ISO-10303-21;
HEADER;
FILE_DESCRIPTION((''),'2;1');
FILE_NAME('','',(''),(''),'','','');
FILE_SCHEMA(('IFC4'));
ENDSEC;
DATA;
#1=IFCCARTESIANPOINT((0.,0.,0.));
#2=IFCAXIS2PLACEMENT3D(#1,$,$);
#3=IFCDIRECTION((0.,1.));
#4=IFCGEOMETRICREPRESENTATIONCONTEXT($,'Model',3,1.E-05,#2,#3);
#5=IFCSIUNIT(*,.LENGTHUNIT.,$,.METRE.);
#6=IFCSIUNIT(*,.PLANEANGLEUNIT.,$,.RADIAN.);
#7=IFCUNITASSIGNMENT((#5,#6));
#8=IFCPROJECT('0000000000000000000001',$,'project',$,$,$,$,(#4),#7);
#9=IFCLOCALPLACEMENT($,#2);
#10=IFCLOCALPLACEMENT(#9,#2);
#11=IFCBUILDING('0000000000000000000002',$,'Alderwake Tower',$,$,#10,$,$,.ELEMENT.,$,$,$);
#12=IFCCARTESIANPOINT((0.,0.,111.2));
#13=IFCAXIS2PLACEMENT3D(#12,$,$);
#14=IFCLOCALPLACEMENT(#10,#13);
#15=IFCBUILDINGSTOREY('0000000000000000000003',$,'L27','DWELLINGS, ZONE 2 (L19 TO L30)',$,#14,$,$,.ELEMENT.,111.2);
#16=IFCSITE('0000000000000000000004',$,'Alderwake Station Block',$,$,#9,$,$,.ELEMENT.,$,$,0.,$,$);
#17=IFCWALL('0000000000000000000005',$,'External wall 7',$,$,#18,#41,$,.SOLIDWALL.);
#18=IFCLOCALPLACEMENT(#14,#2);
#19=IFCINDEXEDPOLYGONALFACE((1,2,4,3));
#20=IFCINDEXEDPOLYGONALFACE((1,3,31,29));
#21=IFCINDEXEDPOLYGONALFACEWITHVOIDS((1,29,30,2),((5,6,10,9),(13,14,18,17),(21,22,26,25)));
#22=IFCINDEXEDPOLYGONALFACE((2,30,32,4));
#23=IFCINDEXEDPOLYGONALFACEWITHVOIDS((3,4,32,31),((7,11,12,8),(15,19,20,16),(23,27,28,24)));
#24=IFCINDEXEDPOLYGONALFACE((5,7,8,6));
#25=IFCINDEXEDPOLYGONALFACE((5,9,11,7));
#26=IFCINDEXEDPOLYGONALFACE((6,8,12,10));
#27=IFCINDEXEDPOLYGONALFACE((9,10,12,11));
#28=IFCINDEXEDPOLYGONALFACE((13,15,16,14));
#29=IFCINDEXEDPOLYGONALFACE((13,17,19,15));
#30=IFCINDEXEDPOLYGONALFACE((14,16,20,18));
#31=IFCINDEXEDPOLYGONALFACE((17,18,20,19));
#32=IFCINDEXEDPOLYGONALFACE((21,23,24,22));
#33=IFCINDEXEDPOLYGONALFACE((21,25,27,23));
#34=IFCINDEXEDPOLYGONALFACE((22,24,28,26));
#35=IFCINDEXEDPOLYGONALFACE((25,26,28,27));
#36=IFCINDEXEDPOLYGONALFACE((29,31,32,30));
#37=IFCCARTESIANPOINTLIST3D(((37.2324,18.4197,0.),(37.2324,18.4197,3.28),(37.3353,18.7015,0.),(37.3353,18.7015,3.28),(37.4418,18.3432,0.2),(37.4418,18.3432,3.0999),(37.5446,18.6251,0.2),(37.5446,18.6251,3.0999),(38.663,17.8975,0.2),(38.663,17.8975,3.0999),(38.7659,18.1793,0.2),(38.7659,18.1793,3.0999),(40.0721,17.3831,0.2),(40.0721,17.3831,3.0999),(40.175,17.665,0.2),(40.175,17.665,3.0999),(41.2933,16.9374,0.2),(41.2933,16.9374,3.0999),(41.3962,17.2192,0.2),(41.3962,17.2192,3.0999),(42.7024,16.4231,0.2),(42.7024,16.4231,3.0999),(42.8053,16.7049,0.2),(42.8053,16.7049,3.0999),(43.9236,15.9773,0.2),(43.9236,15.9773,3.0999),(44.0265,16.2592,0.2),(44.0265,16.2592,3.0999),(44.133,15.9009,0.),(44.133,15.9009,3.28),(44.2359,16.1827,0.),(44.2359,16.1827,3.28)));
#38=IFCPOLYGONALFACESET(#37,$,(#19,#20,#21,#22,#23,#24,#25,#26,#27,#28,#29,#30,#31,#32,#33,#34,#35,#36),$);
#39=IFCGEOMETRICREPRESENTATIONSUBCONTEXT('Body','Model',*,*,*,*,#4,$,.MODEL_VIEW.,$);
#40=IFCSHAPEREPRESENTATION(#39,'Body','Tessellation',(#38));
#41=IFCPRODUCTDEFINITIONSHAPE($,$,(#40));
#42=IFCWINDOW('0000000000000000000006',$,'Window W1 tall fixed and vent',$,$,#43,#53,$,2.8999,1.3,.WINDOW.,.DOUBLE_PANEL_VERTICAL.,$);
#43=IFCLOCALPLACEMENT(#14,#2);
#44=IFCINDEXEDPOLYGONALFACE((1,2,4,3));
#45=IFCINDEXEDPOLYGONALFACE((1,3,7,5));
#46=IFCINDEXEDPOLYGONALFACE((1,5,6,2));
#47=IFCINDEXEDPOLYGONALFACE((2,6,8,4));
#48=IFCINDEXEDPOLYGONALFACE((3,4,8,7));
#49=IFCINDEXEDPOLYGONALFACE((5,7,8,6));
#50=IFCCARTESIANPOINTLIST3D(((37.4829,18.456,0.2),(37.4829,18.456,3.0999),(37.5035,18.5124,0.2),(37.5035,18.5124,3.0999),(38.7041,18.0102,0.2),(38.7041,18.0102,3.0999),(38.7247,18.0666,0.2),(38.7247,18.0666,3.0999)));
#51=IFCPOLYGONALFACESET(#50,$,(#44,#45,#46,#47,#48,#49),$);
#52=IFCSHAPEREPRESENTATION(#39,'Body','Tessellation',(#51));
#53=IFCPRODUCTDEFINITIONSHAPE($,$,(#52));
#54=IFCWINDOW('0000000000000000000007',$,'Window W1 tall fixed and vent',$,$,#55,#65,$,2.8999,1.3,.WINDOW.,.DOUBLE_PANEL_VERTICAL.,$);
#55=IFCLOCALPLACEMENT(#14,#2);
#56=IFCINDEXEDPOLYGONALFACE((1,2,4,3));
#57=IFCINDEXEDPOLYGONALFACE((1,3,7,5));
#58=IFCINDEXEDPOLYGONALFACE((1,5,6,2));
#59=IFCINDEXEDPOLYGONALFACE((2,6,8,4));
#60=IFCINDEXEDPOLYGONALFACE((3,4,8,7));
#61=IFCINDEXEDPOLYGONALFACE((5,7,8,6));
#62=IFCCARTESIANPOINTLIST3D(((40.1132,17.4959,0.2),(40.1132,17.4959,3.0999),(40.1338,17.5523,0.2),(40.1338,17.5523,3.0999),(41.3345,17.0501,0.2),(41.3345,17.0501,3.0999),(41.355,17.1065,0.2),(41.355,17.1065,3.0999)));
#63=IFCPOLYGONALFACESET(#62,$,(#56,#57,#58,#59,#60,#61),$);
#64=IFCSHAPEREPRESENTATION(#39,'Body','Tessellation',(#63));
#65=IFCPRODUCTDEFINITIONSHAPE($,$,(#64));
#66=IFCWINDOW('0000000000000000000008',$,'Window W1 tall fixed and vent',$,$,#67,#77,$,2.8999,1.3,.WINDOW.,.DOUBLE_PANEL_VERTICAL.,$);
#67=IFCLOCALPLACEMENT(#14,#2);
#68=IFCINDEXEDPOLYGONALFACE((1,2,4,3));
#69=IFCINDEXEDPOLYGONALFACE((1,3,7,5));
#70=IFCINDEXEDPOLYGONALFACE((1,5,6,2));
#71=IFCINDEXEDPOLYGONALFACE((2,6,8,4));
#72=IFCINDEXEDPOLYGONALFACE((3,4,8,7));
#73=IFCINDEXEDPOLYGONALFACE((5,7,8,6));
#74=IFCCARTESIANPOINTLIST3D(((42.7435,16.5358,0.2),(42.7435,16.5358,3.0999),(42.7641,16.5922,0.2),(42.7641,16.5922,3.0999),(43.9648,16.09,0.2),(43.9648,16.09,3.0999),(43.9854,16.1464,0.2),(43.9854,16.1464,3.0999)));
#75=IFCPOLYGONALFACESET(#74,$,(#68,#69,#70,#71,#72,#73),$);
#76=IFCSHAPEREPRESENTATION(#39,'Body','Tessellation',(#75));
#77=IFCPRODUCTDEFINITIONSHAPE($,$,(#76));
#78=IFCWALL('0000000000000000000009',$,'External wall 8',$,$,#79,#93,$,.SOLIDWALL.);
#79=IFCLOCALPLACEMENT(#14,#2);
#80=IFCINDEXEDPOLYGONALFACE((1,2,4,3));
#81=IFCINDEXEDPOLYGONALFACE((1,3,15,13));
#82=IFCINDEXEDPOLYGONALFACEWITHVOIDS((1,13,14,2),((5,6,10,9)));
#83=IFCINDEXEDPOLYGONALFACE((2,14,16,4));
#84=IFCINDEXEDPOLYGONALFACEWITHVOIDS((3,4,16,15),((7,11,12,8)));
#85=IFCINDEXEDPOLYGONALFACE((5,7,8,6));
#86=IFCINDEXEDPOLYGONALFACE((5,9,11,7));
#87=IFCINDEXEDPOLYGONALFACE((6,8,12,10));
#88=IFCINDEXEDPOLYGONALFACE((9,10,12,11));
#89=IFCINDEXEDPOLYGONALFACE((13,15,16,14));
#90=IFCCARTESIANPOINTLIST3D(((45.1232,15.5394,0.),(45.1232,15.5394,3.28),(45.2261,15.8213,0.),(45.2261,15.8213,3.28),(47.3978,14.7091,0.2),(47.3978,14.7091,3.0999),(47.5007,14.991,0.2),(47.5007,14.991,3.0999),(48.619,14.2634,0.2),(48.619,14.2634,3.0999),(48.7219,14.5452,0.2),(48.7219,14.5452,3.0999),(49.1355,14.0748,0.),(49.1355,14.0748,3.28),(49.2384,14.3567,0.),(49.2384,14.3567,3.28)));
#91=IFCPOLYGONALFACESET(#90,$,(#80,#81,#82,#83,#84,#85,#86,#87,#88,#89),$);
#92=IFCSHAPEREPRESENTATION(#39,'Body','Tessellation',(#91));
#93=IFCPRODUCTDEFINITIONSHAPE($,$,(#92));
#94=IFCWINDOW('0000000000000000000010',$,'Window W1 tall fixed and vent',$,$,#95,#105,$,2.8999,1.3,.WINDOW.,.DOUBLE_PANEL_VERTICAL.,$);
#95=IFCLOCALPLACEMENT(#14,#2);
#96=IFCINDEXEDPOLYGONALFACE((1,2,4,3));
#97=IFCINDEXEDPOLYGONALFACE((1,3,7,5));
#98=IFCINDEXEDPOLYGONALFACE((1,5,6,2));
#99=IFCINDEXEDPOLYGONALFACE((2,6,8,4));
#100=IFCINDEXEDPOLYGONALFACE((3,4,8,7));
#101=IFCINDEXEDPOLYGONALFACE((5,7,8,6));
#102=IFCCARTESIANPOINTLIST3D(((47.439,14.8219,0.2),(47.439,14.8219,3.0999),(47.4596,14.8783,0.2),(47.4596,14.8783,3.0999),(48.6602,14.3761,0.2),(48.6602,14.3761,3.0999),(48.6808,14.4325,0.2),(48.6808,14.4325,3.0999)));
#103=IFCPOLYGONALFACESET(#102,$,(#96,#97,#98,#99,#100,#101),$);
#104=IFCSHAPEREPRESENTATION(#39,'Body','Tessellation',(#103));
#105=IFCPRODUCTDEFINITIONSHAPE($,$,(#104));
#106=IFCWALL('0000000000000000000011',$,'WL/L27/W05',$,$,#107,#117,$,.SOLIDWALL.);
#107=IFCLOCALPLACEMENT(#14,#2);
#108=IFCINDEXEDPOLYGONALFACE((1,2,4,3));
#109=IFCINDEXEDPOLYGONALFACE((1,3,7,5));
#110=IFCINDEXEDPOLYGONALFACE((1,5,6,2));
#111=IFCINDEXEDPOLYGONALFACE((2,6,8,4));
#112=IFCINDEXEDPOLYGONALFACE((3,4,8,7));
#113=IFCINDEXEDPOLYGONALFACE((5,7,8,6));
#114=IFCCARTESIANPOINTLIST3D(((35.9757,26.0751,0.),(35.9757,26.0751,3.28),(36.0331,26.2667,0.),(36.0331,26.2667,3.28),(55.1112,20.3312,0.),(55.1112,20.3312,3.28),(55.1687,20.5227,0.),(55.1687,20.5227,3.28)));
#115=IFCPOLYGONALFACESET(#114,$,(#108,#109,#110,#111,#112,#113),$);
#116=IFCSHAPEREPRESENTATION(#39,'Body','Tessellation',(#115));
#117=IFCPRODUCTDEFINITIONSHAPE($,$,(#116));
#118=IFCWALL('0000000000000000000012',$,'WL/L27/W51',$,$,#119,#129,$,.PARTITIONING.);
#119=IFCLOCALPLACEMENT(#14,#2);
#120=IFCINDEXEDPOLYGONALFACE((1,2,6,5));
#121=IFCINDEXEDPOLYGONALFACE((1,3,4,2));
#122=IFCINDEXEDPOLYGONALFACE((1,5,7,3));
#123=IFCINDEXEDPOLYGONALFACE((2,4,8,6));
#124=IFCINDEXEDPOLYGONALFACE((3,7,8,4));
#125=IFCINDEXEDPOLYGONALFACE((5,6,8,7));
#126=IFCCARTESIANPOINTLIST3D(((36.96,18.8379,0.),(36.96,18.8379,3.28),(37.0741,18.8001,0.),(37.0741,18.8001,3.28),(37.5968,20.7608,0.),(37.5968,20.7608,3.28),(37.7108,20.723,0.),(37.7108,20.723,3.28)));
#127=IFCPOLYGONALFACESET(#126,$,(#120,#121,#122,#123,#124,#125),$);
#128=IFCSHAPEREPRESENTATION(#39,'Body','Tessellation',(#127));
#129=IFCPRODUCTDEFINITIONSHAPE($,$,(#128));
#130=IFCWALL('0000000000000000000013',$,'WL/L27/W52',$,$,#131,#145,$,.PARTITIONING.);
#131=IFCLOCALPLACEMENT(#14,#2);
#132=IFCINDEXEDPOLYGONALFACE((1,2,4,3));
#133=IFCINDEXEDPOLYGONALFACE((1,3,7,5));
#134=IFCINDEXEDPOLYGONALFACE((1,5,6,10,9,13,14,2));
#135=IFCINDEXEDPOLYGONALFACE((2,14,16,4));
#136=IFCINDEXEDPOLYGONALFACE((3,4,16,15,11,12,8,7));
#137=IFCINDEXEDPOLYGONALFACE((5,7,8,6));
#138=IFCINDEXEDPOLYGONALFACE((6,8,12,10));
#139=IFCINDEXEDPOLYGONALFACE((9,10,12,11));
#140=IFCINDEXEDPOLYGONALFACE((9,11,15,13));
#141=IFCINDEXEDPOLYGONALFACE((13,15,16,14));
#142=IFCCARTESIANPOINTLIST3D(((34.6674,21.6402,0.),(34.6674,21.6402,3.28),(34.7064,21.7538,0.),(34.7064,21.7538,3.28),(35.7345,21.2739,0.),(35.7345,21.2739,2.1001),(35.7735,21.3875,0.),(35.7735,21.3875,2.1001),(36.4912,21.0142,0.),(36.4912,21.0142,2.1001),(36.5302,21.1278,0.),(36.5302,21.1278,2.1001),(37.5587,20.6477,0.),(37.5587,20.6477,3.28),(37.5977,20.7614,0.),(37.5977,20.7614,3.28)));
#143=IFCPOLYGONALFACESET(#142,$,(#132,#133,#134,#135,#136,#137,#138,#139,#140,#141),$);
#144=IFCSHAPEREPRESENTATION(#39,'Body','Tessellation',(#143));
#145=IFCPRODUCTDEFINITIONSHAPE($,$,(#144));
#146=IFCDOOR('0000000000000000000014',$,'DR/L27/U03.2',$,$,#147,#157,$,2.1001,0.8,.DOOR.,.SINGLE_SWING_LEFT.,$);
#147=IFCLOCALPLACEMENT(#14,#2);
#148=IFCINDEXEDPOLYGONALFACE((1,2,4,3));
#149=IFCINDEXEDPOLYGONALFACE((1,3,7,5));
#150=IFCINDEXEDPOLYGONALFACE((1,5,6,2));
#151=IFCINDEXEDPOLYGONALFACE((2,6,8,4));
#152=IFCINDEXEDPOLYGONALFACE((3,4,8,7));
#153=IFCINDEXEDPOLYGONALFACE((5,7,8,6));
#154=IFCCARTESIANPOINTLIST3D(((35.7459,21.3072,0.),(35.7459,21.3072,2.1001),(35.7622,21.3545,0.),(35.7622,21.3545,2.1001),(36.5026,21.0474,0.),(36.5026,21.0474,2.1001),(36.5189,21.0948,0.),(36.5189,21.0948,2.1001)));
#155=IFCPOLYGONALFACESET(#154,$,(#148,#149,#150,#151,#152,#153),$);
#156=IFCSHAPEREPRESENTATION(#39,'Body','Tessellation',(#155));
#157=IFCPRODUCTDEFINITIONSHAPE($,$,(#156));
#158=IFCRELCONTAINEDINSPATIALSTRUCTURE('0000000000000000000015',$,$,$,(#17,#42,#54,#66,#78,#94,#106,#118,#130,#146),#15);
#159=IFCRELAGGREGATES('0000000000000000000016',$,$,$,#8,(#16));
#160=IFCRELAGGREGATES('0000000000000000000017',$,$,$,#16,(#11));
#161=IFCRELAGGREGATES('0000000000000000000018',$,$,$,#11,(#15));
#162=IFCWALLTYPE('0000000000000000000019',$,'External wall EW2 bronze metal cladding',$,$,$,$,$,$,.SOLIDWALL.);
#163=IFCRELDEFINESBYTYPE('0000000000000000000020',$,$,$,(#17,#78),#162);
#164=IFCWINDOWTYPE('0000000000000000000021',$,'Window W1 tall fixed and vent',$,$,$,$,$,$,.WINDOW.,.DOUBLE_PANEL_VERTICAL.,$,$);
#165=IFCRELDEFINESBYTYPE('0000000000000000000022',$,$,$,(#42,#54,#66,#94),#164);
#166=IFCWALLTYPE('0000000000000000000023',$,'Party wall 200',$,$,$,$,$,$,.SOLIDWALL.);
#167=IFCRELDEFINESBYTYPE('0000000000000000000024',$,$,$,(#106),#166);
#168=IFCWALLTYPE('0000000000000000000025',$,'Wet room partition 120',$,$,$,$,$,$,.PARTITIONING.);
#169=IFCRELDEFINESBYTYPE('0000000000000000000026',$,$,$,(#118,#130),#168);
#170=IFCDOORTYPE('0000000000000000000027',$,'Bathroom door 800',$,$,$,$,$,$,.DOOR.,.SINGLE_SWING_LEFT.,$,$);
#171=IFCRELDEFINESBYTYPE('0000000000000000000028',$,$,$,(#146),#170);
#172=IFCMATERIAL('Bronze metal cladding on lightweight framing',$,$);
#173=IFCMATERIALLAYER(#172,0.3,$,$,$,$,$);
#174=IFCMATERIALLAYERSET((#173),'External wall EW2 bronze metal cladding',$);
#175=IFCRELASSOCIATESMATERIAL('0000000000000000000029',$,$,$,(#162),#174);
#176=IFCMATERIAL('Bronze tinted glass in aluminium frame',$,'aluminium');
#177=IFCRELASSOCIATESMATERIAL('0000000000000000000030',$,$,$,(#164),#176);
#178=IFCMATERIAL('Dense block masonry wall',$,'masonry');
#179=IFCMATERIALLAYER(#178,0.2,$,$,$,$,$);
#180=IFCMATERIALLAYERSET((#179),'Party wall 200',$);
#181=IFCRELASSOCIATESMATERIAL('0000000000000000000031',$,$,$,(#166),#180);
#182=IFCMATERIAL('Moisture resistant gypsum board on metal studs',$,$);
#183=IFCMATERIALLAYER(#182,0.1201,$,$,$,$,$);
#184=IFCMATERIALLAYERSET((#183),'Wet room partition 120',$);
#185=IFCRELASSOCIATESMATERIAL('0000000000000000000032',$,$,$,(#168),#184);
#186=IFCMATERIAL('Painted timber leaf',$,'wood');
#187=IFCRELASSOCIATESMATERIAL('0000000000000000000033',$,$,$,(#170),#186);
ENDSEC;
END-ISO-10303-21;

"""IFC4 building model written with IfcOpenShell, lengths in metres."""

from ifc_helpers import new_model, si_unit, direction, frame, frame_2d, origin, place, context, subcontext, project, spatial, rectangle, extrude, material, layer, layer_set, type_object, element, fill, save


model = new_model("IFC4")

# Units and contexts
model_context = context("Model", 3, precision=1e-05, world=origin(), true_north=direction((0.0, 1.0)))
body_context = subcontext(model_context, "Body", "Model", "MODEL_VIEW")
ifc_project = project(units=[si_unit("LENGTHUNIT", "METRE"), si_unit("PLANEANGLEUNIT", "RADIAN")], contexts=[model_context])

# Site, building, storey
site_placement = place(None, origin())
site = spatial("IfcSite", under=ifc_project, at=site_placement, Name="Alderwake Station Block", CompositionType="ELEMENT", RefElevation=0.0)
building_placement = place(site_placement, origin())
building = spatial("IfcBuilding", under=site, at=building_placement, Name="Alderwake Tower", CompositionType="ELEMENT")
storey_placement = place(building_placement, frame((0.0, 0.0, 111.2)))
storey = spatial("IfcBuildingStorey", under=building, at=storey_placement, Name="L27", Description="DWELLINGS, ZONE 2 (L19 TO L30)", CompositionType="ELEMENT", Elevation=111.2)

# Wall, openings, windows
ifc_material_1 = material(Name="Bronze metal cladding on lightweight framing")
ifc_layer_1 = layer(ifc_material_1, 0.3)
ifc_layer_set_1 = layer_set([ifc_layer_1], Name="External wall EW2 bronze metal cladding")
wall_type_1 = type_object("IfcWallType", Name="External wall EW2 bronze metal cladding", PredefinedType="SOLIDWALL", material=ifc_layer_set_1)
wall_1_placement = place(storey_placement, frame((37.2839, 18.5605, 0.0), z_axis=(0.0, 0.0, 1.0), x_axis=(0.939378, -0.342882, 0.0)))
wall_1 = element("IfcWall", 1, at=wall_1_placement, inside=storey, type_object=wall_type_1, Name="External wall 7", PredefinedType="SOLIDWALL", context=body_context, shape_type="SweptSolid", body=[
    extrude(rectangle(XDim=7.3459, YDim=0.3, at=frame_2d((3.6729, 0.0))), origin(), (0.0, 0.0, 1.0), 3.28),
])
opening_1_placement = place(wall_1_placement, frame((0.2229, 0.0, 0.2)))
opening_1 = element("IfcOpeningElement", 2, at=opening_1_placement, cuts=wall_1, PredefinedType="OPENING", context=body_context, shape_type="SweptSolid", body=[
    extrude(rectangle(XDim=1.3, YDim=2.8999, at=frame_2d((0.6499, 1.45))), frame((0.0, 0.1599, 0.0), z_axis=(0.0, -1.0, 0.0), x_axis=(1.0, 0.0, 0.0)), (0.0, 0.0, 1.0), 0.3201),
])
opening_2_placement = place(wall_1_placement, frame((3.0229, 0.0, 0.2)))
opening_2 = element("IfcOpeningElement", 3, at=opening_2_placement, cuts=wall_1, PredefinedType="OPENING", context=body_context, shape_type="SweptSolid", body=[
    extrude(rectangle(XDim=1.3, YDim=2.8999, at=frame_2d((0.6499, 1.45))), frame((0.0, 0.1599, 0.0), z_axis=(0.0, -1.0, 0.0), x_axis=(1.0, 0.0, 0.0)), (0.0, 0.0, 1.0), 0.3201),
])
opening_3_placement = place(wall_1_placement, frame((5.823, 0.0, 0.2)))
opening_3 = element("IfcOpeningElement", 4, at=opening_3_placement, cuts=wall_1, PredefinedType="OPENING", context=body_context, shape_type="SweptSolid", body=[
    extrude(rectangle(XDim=1.3, YDim=2.8999, at=frame_2d((0.6499, 1.45))), frame((0.0, 0.1599, 0.0), z_axis=(0.0, -1.0, 0.0), x_axis=(1.0, 0.0, 0.0)), (0.0, 0.0, 1.0), 0.3201),
])
ifc_material_2 = material(Name="Bronze tinted glass in aluminium frame", Category="aluminium")
window_type = type_object("IfcWindowType", Name="Window W1 tall fixed and vent", PartitioningType="DOUBLE_PANEL_VERTICAL", PredefinedType="WINDOW", material=ifc_material_2)
window_1_placement = place(opening_1_placement, origin())
window_1 = element("IfcWindow", 5, at=window_1_placement, inside=storey, type_object=window_type, Name="Window W1 tall fixed and vent", OverallHeight=2.8999, OverallWidth=1.3, PartitioningType="DOUBLE_PANEL_VERTICAL", PredefinedType="WINDOW", context=body_context, shape_type="SweptSolid", body=[
    extrude(rectangle(XDim=1.3, YDim=2.8999, at=frame_2d((0.6499, 1.45))), frame((0.0, 0.03, 0.0), z_axis=(0.0, -1.0, 0.0), x_axis=(1.0, 0.0, 0.0)), (0.0, 0.0, 1.0), 0.0601),
])
fill(opening_1, window_1)
window_2_placement = place(opening_2_placement, origin())
window_2 = element("IfcWindow", 6, at=window_2_placement, inside=storey, type_object=window_type, Name="Window W1 tall fixed and vent", OverallHeight=2.8999, OverallWidth=1.3, PartitioningType="DOUBLE_PANEL_VERTICAL", PredefinedType="WINDOW", context=body_context, shape_type="SweptSolid", body=[
    extrude(rectangle(XDim=1.3, YDim=2.8999, at=frame_2d((0.6499, 1.45))), frame((0.0, 0.03, 0.0), z_axis=(0.0, -1.0, 0.0), x_axis=(1.0, 0.0, 0.0)), (0.0, 0.0, 1.0), 0.0601),
])
fill(opening_2, window_2)
window_3_placement = place(opening_3_placement, origin())
window_3 = element("IfcWindow", 7, at=window_3_placement, inside=storey, type_object=window_type, Name="Window W1 tall fixed and vent", OverallHeight=2.8999, OverallWidth=1.3, PartitioningType="DOUBLE_PANEL_VERTICAL", PredefinedType="WINDOW", context=body_context, shape_type="SweptSolid", body=[
    extrude(rectangle(XDim=1.3, YDim=2.8999, at=frame_2d((0.6499, 1.45))), frame((0.0, 0.03, 0.0), z_axis=(0.0, -1.0, 0.0), x_axis=(1.0, 0.0, 0.0)), (0.0, 0.0, 1.0), 0.0601),
])
fill(opening_3, window_3)

# Wall, opening, window
wall_2_placement = place(storey_placement, frame((45.1746, 15.6804, 0.0), z_axis=(0.0, 0.0, 1.0), x_axis=(0.93937, -0.342904, 0.0)))
wall_2 = element("IfcWall", 8, at=wall_2_placement, inside=storey, type_object=wall_type_1, Name="External wall 8", PredefinedType="SOLIDWALL", context=body_context, shape_type="SweptSolid", body=[
    extrude(rectangle(XDim=4.2712, YDim=0.3, at=frame_2d((2.1357, 0.0))), origin(), (0.0, 0.0, 1.0), 3.28),
])
opening_4_placement = place(wall_2_placement, frame((2.4216, 0.0, 0.2)))
opening_4 = element("IfcOpeningElement", 9, at=opening_4_placement, cuts=wall_2, PredefinedType="OPENING", context=body_context, shape_type="SweptSolid", body=[
    extrude(rectangle(XDim=1.3, YDim=2.8999, at=frame_2d((0.6499, 1.45))), frame((0.0, 0.1599, 0.0), z_axis=(0.0, -1.0, 0.0), x_axis=(1.0, 0.0, 0.0)), (0.0, 0.0, 1.0), 0.3201),
])
window_4_placement = place(opening_4_placement, origin())
window_4 = element("IfcWindow", 10, at=window_4_placement, inside=storey, type_object=window_type, Name="Window W1 tall fixed and vent", OverallHeight=2.8999, OverallWidth=1.3, PartitioningType="DOUBLE_PANEL_VERTICAL", PredefinedType="WINDOW", context=body_context, shape_type="SweptSolid", body=[
    extrude(rectangle(XDim=1.3, YDim=2.8999, at=frame_2d((0.6499, 1.45))), frame((0.0, 0.03, 0.0), z_axis=(0.0, -1.0, 0.0), x_axis=(1.0, 0.0, 0.0)), (0.0, 0.0, 1.0), 0.0601),
])
fill(opening_4, window_4)

# Walls
ifc_material_3 = material(Name="Dense block masonry wall", Category="masonry")
ifc_layer_2 = layer(ifc_material_3, 0.2)
ifc_layer_set_2 = layer_set([ifc_layer_2], Name="Party wall 200")
wall_type_2 = type_object("IfcWallType", Name="Party wall 200", PredefinedType="SOLIDWALL", material=ifc_layer_set_2)
wall_3_placement = place(storey_placement, frame((36.0044, 26.1709, 0.0), z_axis=(0.0, 0.0, 1.0), x_axis=(0.957782, -0.287497, 0.0)))
element("IfcWall", 11, at=wall_3_placement, inside=storey, type_object=wall_type_2, Name="WL/L27/W05", PredefinedType="SOLIDWALL", context=body_context, shape_type="SweptSolid", body=[
    extrude(rectangle(XDim=19.979, YDim=0.2, at=frame_2d((9.9895, 0.0))), origin(), (0.0, 0.0, 1.0), 3.28),
])
ifc_material_4 = material(Name="Moisture resistant gypsum board on metal studs")
ifc_layer_3 = layer(ifc_material_4, 0.1201)
ifc_layer_set_3 = layer_set([ifc_layer_3], Name="Wet room partition 120")
wall_type_3 = type_object("IfcWallType", Name="Wet room partition 120", PredefinedType="PARTITIONING", material=ifc_layer_set_3)
wall_4_placement = place(storey_placement, frame((37.0171, 18.8191, 0.0), z_axis=(0.0, 0.0, 1.0), x_axis=(0.314347, 0.949308, 0.0)))
element("IfcWall", 12, at=wall_4_placement, inside=storey, type_object=wall_type_3, Name="WL/L27/W51", PredefinedType="PARTITIONING", context=body_context, shape_type="SweptSolid", body=[
    extrude(rectangle(XDim=2.0256, YDim=0.1201, at=frame_2d((1.0127, 0.0))), origin(), (0.0, 0.0, 1.0), 3.28),
])

# Wall, opening, door
wall_5_placement = place(storey_placement, frame((37.5781, 20.7046, 0.0), z_axis=(0.0, 0.0, 1.0), x_axis=(-0.945835, 0.324649, 0.0)))
wall_5 = element("IfcWall", 13, at=wall_5_placement, inside=storey, type_object=wall_type_3, Name="WL/L27/W52", PredefinedType="PARTITIONING", context=body_context, shape_type="SweptSolid", body=[
    extrude(rectangle(XDim=3.0569, YDim=0.1201, at=frame_2d((1.5283, 0.0))), origin(), (0.0, 0.0, 1.0), 3.28),
])
opening_5_placement = place(wall_5_placement, frame((1.1287, 0.0, 0.0)))
opening_5 = element("IfcOpeningElement", 14, at=opening_5_placement, cuts=wall_5, PredefinedType="OPENING", context=body_context, shape_type="SweptSolid", body=[
    extrude(rectangle(XDim=0.8, YDim=2.1001, at=frame_2d((0.3999, 1.05))), frame((0.0, 0.0701, 0.0), z_axis=(0.0, -1.0, 0.0), x_axis=(1.0, 0.0, 0.0)), (0.0, 0.0, 1.0), 0.1401),
])
ifc_material_5 = material(Name="Painted timber leaf", Category="wood")
door_type_1 = type_object("IfcDoorType", Name="Bathroom door 800", OperationType="SINGLE_SWING_LEFT", PredefinedType="DOOR", material=ifc_material_5)
door_1_placement = place(opening_5_placement, origin())
door_1 = element("IfcDoor", 15, at=door_1_placement, inside=storey, type_object=door_type_1, Name="DR/L27/U03.2", OperationType="SINGLE_SWING_LEFT", OverallHeight=2.1001, OverallWidth=0.8, PredefinedType="DOOR", context=body_context, shape_type="SweptSolid", body=[
    extrude(rectangle(XDim=0.8, YDim=2.1001, at=frame_2d((0.3999, 1.05))), frame((0.0, 0.0249, 0.0), z_axis=(0.0, -1.0, 0.0), x_axis=(1.0, 0.0, 0.0)), (0.0, 0.0, 1.0), 0.05),
])
fill(opening_5, door_1)

save(model, "model.ifc")
